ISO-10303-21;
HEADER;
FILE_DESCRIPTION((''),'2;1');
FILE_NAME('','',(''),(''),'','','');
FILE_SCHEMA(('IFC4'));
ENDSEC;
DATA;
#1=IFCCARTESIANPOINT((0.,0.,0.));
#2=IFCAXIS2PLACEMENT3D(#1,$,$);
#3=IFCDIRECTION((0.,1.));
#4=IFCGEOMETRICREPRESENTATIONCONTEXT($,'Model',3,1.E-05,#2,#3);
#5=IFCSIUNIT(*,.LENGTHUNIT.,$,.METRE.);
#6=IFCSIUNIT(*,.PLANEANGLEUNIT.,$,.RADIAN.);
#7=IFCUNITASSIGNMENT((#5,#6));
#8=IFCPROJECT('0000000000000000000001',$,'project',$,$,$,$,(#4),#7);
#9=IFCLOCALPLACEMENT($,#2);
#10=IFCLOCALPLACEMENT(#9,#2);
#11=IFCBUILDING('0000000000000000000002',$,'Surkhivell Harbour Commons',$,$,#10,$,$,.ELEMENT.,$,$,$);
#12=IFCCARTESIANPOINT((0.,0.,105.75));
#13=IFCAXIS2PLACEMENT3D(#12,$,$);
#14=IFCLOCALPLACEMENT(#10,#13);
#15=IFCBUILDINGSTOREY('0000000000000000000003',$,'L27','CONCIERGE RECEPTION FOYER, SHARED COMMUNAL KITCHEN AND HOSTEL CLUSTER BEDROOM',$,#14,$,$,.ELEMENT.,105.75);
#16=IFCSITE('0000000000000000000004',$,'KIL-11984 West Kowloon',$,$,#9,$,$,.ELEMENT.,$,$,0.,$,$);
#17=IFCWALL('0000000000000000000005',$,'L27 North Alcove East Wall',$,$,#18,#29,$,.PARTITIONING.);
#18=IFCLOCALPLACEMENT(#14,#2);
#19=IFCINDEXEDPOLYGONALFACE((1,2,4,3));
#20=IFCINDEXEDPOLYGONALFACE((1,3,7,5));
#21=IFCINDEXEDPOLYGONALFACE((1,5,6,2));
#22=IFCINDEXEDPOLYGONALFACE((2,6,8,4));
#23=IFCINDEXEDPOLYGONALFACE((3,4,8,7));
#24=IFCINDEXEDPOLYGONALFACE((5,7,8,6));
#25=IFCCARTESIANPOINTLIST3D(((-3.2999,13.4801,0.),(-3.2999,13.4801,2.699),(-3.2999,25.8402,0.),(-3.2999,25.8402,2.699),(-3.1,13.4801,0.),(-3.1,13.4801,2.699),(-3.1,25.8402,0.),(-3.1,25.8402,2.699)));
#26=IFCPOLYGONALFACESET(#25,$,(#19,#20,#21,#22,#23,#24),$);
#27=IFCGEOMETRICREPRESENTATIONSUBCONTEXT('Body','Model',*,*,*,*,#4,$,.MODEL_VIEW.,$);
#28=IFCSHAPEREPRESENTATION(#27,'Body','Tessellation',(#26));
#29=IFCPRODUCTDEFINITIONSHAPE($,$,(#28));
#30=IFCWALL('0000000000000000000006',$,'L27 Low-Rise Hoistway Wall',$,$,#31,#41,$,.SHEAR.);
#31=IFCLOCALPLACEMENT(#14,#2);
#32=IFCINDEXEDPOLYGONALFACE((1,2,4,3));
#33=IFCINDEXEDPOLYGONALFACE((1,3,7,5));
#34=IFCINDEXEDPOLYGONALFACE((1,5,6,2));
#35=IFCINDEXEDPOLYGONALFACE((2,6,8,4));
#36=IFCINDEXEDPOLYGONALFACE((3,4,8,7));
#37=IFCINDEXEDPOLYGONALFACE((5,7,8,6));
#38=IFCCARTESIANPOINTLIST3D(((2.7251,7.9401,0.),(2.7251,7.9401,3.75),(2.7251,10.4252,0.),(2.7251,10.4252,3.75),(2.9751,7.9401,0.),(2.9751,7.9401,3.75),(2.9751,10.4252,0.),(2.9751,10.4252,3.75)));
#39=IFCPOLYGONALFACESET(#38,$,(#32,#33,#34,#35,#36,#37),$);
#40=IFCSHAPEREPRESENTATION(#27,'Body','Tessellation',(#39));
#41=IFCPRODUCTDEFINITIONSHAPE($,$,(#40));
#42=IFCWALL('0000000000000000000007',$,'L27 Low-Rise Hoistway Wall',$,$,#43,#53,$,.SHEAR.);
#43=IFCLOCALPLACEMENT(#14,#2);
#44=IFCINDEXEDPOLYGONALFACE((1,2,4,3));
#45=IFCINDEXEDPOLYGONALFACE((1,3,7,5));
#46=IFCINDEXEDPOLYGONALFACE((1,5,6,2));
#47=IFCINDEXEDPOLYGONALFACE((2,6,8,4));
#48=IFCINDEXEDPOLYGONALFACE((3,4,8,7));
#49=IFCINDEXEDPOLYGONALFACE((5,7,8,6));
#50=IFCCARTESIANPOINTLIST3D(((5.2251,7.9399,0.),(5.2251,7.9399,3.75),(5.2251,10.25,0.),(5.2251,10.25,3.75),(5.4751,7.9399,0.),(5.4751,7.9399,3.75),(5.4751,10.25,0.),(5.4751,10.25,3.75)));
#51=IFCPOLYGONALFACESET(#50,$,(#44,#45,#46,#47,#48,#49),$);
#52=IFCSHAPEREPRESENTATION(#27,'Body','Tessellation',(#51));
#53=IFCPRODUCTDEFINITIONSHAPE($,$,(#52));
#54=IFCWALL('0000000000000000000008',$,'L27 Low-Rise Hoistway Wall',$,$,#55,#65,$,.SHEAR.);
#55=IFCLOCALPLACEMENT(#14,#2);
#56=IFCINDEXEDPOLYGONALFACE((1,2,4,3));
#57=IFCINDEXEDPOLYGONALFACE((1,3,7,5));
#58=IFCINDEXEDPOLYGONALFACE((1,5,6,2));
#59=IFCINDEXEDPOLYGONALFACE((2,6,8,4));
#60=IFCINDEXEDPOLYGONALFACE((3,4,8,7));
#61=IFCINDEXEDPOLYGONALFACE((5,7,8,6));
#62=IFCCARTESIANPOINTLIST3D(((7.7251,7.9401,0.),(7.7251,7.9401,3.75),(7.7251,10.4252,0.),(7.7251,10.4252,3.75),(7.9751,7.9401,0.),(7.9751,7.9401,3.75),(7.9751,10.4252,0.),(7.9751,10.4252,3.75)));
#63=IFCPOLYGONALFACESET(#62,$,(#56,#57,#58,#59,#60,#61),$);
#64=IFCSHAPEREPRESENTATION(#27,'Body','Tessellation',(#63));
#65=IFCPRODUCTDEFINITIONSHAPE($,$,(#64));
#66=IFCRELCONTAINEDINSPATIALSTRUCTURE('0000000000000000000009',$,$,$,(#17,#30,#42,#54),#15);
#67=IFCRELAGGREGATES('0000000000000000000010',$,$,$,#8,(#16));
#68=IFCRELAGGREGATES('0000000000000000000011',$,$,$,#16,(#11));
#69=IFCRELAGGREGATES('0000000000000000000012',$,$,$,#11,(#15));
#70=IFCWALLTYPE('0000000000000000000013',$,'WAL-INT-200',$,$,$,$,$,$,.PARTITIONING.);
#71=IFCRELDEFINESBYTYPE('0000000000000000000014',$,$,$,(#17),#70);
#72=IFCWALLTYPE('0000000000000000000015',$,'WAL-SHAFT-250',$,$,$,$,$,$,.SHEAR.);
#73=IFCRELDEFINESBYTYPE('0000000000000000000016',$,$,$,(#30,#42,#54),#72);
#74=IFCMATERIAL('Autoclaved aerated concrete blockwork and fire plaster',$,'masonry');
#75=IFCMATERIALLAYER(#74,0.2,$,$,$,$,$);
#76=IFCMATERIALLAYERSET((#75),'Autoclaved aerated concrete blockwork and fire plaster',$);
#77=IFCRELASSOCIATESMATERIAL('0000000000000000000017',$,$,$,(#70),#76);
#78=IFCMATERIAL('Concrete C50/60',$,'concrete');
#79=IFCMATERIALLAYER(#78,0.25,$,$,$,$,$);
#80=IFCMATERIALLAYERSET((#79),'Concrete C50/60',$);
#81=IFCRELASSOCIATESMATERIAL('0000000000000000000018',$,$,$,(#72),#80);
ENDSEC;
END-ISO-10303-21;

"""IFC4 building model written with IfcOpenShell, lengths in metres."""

from ifc_helpers import new_model, si_unit, direction, frame, frame_2d, origin, place, context, subcontext, project, spatial, rectangle, extrude, material, layer, layer_set, type_object, element, save


model = new_model("IFC4")

# Units and contexts
model_context = context("Model", 3, precision=1e-05, world=origin(), true_north=direction((0.0, 1.0)))
body_context = subcontext(model_context, "Body", "Model", "MODEL_VIEW")
ifc_project = project(units=[si_unit("LENGTHUNIT", "METRE"), si_unit("PLANEANGLEUNIT", "RADIAN")], contexts=[model_context])

# Site, building, storey
site_placement = place(None, origin())
site = spatial("IfcSite", under=ifc_project, at=site_placement, Name="KIL-11984 West Kowloon", CompositionType="ELEMENT", RefElevation=0.0)
building_placement = place(site_placement, origin())
building = spatial("IfcBuilding", under=site, at=building_placement, Name="Surkhivell Harbour Commons", CompositionType="ELEMENT")
storey_placement = place(building_placement, frame((0.0, 0.0, 105.75)))
storey = spatial("IfcBuildingStorey", under=building, at=storey_placement, Name="L27", Description="CONCIERGE RECEPTION FOYER, SHARED COMMUNAL KITCHEN AND HOSTEL CLUSTER BEDROOM", CompositionType="ELEMENT", Elevation=105.75)

# Shared definitions
ifc_material_1 = material(Name="Autoclaved aerated concrete blockwork and fire plaster", Category="masonry")
ifc_layer_1 = layer(ifc_material_1, 0.2)
ifc_layer_set_1 = layer_set([ifc_layer_1], Name="Autoclaved aerated concrete blockwork and fire plaster")
wall_type_1 = type_object("IfcWallType", Name="WAL-INT-200", PredefinedType="PARTITIONING", material=ifc_layer_set_1)

# Walls
wall_1_placement = place(storey_placement, frame((-3.2, 13.48, 0.0), z_axis=(0.0, 0.0, 1.0), x_axis=(0.0, 1.0, 0.0)))
element("IfcWall", 1, at=wall_1_placement, inside=storey, type_object=wall_type_1, Name="L27 North Alcove East Wall", PredefinedType="PARTITIONING", context=body_context, shape_type="SweptSolid", body=[
    extrude(rectangle(XDim=12.3601, YDim=0.2, at=frame_2d((6.1802, 0.0))), origin(), (0.0, 0.0, 1.0), 2.699),
])
ifc_material_2 = material(Name="Concrete C50/60", Category="concrete")
ifc_layer_2 = layer(ifc_material_2, 0.25)
ifc_layer_set_2 = layer_set([ifc_layer_2], Name="Concrete C50/60")
wall_type_2 = type_object("IfcWallType", Name="WAL-SHAFT-250", PredefinedType="SHEAR", material=ifc_layer_set_2)
wall_2_placement = place(storey_placement, frame((2.8501, 7.9399, 0.0), z_axis=(0.0, 0.0, 1.0), x_axis=(0.0, 1.0, 0.0)))
element("IfcWall", 2, at=wall_2_placement, inside=storey, type_object=wall_type_2, Name="L27 Low-Rise Hoistway Wall", PredefinedType="SHEAR", context=body_context, shape_type="SweptSolid", body=[
    extrude(rectangle(XDim=2.4851, YDim=0.25, at=frame_2d((1.2427, 0.0))), origin(), (0.0, 0.0, 1.0), 3.75),
])
wall_3_placement = place(storey_placement, frame((5.3501, 7.9399, 0.0), z_axis=(0.0, 0.0, 1.0), x_axis=(0.0, 1.0, 0.0)))
element("IfcWall", 3, at=wall_3_placement, inside=storey, type_object=wall_type_2, Name="L27 Low-Rise Hoistway Wall", PredefinedType="SHEAR", context=body_context, shape_type="SweptSolid", body=[
    extrude(rectangle(XDim=2.3101, YDim=0.25, at=frame_2d((1.155, 0.0))), origin(), (0.0, 0.0, 1.0), 3.75),
])
wall_4_placement = place(storey_placement, frame((7.8501, 7.9399, 0.0), z_axis=(0.0, 0.0, 1.0), x_axis=(0.0, 1.0, 0.0)))
element("IfcWall", 4, at=wall_4_placement, inside=storey, type_object=wall_type_2, Name="L27 Low-Rise Hoistway Wall", PredefinedType="SHEAR", context=body_context, shape_type="SweptSolid", body=[
    extrude(rectangle(XDim=2.4851, YDim=0.25, at=frame_2d((1.2427, 0.0))), origin(), (0.0, 0.0, 1.0), 3.75),
])

save(model, "model.ifc")
